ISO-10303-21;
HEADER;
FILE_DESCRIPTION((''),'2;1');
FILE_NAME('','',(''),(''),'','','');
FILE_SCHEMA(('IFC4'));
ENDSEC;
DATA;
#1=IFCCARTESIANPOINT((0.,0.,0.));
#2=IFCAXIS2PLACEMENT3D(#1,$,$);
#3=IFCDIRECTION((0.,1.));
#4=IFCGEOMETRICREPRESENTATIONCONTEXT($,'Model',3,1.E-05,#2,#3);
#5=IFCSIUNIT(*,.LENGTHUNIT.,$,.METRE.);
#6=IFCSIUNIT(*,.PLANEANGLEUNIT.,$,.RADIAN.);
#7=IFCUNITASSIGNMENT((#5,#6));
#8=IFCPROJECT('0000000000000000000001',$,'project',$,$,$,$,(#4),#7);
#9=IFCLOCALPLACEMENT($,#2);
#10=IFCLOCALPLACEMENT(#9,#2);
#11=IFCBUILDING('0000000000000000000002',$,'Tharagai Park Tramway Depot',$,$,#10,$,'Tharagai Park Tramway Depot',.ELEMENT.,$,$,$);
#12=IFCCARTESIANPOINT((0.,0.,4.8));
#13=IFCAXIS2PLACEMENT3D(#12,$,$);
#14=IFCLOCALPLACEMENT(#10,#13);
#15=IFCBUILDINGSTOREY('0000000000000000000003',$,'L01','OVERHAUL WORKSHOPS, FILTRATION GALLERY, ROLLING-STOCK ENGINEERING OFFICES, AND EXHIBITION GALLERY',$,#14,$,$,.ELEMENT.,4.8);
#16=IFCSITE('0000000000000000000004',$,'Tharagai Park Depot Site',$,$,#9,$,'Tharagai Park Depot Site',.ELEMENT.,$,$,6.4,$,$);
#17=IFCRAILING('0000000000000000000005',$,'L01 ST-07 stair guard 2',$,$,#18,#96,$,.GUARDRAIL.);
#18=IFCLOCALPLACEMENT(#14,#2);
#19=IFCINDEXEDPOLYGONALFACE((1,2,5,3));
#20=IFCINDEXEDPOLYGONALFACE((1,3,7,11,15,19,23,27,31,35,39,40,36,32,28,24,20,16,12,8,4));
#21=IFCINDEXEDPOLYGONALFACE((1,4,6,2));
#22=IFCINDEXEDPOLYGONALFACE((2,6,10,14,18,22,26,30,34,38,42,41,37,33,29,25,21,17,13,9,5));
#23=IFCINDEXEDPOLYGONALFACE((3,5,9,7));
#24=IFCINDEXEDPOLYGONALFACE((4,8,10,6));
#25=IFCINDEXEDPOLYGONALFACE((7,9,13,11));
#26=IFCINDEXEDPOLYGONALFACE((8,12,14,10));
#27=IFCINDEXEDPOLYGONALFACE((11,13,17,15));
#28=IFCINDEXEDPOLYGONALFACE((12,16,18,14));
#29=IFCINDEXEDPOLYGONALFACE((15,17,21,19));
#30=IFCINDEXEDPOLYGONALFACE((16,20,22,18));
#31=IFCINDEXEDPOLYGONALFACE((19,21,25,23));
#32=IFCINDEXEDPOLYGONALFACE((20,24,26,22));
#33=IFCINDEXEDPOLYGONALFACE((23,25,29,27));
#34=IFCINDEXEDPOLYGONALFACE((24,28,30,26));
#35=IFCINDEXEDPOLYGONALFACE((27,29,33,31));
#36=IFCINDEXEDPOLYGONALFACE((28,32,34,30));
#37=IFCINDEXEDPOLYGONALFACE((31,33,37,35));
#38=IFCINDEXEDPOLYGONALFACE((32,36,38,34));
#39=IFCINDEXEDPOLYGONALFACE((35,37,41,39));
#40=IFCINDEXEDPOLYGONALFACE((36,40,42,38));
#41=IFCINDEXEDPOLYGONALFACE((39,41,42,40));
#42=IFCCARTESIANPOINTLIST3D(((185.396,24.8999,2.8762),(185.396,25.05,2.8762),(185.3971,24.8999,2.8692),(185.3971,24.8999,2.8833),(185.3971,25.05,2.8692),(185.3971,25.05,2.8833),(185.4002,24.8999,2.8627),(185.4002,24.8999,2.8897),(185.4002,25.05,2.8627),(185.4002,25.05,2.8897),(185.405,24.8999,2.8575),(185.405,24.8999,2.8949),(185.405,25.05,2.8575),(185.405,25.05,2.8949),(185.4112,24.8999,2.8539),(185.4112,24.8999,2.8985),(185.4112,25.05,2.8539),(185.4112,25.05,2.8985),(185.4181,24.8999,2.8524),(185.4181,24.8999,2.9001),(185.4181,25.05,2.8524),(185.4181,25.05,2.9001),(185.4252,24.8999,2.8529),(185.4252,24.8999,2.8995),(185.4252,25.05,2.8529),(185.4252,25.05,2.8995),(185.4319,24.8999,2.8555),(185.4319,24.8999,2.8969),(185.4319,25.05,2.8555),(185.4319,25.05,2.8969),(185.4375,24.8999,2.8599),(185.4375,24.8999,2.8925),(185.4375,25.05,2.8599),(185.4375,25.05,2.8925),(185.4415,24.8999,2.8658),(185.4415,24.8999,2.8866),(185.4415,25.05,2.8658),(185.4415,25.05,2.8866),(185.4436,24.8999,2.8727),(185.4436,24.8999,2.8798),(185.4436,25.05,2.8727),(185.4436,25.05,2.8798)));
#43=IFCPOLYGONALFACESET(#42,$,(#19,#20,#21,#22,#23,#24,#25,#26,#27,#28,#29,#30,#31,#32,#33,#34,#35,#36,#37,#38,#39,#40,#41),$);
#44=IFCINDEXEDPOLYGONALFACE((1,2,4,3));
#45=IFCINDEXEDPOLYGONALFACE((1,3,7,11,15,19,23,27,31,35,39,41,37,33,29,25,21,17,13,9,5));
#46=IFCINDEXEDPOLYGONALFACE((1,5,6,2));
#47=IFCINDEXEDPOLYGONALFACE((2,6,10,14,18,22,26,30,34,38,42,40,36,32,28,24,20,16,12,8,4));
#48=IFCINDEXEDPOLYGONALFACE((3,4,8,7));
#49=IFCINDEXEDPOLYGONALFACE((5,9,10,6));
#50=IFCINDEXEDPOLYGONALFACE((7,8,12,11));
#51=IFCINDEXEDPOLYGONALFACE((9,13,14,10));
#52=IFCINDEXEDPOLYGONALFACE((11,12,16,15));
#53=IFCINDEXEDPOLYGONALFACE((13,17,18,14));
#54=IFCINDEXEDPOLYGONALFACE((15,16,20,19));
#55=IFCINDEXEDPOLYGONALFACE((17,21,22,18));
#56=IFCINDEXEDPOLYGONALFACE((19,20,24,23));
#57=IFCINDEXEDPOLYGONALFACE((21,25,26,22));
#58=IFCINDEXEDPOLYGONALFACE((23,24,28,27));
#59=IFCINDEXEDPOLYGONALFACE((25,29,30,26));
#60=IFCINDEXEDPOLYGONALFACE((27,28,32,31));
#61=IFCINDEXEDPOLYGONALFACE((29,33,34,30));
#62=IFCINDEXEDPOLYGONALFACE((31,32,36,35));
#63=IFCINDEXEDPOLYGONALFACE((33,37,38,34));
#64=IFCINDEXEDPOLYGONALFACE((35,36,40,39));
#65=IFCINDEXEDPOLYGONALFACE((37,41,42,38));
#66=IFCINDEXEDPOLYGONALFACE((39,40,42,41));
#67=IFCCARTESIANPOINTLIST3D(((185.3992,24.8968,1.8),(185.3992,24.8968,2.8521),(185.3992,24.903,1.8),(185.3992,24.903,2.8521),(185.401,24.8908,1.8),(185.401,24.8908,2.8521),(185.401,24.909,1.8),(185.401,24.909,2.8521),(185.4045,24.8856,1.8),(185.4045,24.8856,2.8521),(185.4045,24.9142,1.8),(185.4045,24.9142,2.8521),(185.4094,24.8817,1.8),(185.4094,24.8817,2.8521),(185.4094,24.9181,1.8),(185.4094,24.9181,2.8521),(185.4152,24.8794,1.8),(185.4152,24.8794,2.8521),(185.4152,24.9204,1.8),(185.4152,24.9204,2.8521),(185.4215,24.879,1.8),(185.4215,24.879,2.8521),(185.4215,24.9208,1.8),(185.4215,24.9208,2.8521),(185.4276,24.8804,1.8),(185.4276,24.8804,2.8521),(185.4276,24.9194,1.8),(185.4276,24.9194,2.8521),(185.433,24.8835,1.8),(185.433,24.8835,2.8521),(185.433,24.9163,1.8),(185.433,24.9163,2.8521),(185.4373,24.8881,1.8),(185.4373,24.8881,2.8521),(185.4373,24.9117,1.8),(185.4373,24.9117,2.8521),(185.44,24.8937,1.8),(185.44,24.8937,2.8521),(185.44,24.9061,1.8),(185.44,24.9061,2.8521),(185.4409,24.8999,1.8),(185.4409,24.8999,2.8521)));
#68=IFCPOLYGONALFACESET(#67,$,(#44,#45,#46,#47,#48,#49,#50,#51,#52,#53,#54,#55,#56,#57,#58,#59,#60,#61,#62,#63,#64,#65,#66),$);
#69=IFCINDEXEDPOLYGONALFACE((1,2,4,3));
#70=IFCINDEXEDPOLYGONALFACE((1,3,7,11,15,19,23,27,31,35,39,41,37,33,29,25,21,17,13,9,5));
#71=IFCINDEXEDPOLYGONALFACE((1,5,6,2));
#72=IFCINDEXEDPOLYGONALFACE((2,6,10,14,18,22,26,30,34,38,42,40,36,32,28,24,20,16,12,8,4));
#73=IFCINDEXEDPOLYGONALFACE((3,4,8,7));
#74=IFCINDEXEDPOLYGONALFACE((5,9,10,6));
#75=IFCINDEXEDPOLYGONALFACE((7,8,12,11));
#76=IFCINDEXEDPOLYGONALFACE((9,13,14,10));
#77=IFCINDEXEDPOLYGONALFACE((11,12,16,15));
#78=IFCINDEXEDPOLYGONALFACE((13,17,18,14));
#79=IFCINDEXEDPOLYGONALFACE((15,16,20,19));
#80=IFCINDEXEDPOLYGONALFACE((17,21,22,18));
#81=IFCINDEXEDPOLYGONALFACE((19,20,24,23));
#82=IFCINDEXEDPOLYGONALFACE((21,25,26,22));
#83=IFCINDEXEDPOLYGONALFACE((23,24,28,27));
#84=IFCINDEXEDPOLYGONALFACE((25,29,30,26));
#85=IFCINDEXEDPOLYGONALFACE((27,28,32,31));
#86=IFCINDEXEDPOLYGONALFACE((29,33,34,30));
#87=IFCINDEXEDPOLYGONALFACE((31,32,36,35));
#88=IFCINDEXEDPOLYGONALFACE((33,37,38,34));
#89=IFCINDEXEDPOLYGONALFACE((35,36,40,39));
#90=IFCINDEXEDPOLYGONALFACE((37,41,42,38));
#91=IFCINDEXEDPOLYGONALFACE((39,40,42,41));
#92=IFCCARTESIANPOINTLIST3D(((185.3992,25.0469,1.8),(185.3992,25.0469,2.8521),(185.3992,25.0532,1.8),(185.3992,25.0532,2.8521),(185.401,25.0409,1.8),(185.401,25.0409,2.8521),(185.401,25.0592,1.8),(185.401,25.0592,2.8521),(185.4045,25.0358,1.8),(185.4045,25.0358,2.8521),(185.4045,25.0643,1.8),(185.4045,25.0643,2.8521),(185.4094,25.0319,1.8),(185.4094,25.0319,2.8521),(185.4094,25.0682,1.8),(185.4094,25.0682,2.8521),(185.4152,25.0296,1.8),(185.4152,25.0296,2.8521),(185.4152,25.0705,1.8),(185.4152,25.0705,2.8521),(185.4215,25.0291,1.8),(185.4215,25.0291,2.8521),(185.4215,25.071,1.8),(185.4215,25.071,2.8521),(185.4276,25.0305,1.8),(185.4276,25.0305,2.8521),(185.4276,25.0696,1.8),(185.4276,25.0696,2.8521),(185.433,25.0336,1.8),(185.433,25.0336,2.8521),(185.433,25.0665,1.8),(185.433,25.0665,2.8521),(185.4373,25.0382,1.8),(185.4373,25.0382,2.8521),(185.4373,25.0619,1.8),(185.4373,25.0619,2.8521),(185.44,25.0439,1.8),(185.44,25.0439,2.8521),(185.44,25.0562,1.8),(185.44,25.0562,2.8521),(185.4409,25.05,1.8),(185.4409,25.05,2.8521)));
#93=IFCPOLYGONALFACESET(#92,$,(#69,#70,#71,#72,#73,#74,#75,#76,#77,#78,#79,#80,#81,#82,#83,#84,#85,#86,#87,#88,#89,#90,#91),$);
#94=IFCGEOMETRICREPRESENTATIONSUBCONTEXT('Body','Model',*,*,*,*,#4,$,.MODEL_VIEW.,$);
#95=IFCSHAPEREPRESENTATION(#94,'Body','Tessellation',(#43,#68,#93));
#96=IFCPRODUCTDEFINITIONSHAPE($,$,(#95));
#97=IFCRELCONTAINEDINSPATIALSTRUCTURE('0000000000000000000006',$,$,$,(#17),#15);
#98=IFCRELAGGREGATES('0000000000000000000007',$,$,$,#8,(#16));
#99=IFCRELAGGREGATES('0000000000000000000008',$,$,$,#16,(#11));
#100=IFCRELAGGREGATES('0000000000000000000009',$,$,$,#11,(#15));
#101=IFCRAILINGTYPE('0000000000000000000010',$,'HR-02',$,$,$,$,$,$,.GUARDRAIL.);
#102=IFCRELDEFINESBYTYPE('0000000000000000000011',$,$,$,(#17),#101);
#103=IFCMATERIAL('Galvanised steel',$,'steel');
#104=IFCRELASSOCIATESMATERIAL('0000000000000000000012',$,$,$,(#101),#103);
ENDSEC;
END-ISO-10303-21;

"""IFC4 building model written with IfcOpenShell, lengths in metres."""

from ifc_helpers import new_model, si_unit, direction, frame, origin, origin_2d, place, context, subcontext, project, spatial, circle, extrude, material, type_object, element, save


model = new_model("IFC4")

# Units and contexts
model_context = context("Model", 3, precision=1e-05, world=origin(), true_north=direction((0.0, 1.0)))
body_context = subcontext(model_context, "Body", "Model", "MODEL_VIEW")
ifc_project = project(units=[si_unit("LENGTHUNIT", "METRE"), si_unit("PLANEANGLEUNIT", "RADIAN")], contexts=[model_context])

# Site, building, storey
site_placement = place(None, origin())
site = spatial("IfcSite", under=ifc_project, at=site_placement, Name="Tharagai Park Depot Site", LongName="Tharagai Park Depot Site", CompositionType="ELEMENT", RefElevation=6.4)
building_placement = place(site_placement, origin())
building = spatial("IfcBuilding", under=site, at=building_placement, Name="Tharagai Park Tramway Depot", LongName="Tharagai Park Tramway Depot", CompositionType="ELEMENT")
storey_placement = place(building_placement, frame((0.0, 0.0, 4.8)))
storey = spatial("IfcBuildingStorey", under=building, at=storey_placement, Name="L01", Description="OVERHAUL WORKSHOPS, FILTRATION GALLERY, ROLLING-STOCK ENGINEERING OFFICES, AND EXHIBITION GALLERY", CompositionType="ELEMENT", Elevation=4.8)

# Shared definitions
ifc_material_1 = material(Name="Galvanised steel", Category="steel")

# Railing
railing_type_1 = type_object("IfcRailingType", Name="HR-02", PredefinedType="GUARDRAIL", material=ifc_material_1)
railing_1_placement = place(storey_placement, frame((185.4199, 24.8999, 1.8)))
element("IfcRailing", 1, at=railing_1_placement, inside=storey, type_object=railing_type_1, Name="L01 ST-07 stair guard 2", PredefinedType="GUARDRAIL", context=body_context, shape_type="SweptSolid", body=[
    extrude(circle(Radius=0.0239, at=origin_2d()), frame((0.0, 0.0, 1.0762), z_axis=(0.0, 1.0, 0.0), x_axis=(-1.0, 0.0, 0.0)), (0.0, 0.0, 1.0), 0.1501),
    extrude(circle(Radius=0.021, at=origin_2d()), origin(), (0.0, 0.0, 1.0), 1.052),
    extrude(circle(Radius=0.021, at=origin_2d()), frame((0.0, 0.1501, 0.0)), (0.0, 0.0, 1.0), 1.052),
])

save(model, "model.ifc")
